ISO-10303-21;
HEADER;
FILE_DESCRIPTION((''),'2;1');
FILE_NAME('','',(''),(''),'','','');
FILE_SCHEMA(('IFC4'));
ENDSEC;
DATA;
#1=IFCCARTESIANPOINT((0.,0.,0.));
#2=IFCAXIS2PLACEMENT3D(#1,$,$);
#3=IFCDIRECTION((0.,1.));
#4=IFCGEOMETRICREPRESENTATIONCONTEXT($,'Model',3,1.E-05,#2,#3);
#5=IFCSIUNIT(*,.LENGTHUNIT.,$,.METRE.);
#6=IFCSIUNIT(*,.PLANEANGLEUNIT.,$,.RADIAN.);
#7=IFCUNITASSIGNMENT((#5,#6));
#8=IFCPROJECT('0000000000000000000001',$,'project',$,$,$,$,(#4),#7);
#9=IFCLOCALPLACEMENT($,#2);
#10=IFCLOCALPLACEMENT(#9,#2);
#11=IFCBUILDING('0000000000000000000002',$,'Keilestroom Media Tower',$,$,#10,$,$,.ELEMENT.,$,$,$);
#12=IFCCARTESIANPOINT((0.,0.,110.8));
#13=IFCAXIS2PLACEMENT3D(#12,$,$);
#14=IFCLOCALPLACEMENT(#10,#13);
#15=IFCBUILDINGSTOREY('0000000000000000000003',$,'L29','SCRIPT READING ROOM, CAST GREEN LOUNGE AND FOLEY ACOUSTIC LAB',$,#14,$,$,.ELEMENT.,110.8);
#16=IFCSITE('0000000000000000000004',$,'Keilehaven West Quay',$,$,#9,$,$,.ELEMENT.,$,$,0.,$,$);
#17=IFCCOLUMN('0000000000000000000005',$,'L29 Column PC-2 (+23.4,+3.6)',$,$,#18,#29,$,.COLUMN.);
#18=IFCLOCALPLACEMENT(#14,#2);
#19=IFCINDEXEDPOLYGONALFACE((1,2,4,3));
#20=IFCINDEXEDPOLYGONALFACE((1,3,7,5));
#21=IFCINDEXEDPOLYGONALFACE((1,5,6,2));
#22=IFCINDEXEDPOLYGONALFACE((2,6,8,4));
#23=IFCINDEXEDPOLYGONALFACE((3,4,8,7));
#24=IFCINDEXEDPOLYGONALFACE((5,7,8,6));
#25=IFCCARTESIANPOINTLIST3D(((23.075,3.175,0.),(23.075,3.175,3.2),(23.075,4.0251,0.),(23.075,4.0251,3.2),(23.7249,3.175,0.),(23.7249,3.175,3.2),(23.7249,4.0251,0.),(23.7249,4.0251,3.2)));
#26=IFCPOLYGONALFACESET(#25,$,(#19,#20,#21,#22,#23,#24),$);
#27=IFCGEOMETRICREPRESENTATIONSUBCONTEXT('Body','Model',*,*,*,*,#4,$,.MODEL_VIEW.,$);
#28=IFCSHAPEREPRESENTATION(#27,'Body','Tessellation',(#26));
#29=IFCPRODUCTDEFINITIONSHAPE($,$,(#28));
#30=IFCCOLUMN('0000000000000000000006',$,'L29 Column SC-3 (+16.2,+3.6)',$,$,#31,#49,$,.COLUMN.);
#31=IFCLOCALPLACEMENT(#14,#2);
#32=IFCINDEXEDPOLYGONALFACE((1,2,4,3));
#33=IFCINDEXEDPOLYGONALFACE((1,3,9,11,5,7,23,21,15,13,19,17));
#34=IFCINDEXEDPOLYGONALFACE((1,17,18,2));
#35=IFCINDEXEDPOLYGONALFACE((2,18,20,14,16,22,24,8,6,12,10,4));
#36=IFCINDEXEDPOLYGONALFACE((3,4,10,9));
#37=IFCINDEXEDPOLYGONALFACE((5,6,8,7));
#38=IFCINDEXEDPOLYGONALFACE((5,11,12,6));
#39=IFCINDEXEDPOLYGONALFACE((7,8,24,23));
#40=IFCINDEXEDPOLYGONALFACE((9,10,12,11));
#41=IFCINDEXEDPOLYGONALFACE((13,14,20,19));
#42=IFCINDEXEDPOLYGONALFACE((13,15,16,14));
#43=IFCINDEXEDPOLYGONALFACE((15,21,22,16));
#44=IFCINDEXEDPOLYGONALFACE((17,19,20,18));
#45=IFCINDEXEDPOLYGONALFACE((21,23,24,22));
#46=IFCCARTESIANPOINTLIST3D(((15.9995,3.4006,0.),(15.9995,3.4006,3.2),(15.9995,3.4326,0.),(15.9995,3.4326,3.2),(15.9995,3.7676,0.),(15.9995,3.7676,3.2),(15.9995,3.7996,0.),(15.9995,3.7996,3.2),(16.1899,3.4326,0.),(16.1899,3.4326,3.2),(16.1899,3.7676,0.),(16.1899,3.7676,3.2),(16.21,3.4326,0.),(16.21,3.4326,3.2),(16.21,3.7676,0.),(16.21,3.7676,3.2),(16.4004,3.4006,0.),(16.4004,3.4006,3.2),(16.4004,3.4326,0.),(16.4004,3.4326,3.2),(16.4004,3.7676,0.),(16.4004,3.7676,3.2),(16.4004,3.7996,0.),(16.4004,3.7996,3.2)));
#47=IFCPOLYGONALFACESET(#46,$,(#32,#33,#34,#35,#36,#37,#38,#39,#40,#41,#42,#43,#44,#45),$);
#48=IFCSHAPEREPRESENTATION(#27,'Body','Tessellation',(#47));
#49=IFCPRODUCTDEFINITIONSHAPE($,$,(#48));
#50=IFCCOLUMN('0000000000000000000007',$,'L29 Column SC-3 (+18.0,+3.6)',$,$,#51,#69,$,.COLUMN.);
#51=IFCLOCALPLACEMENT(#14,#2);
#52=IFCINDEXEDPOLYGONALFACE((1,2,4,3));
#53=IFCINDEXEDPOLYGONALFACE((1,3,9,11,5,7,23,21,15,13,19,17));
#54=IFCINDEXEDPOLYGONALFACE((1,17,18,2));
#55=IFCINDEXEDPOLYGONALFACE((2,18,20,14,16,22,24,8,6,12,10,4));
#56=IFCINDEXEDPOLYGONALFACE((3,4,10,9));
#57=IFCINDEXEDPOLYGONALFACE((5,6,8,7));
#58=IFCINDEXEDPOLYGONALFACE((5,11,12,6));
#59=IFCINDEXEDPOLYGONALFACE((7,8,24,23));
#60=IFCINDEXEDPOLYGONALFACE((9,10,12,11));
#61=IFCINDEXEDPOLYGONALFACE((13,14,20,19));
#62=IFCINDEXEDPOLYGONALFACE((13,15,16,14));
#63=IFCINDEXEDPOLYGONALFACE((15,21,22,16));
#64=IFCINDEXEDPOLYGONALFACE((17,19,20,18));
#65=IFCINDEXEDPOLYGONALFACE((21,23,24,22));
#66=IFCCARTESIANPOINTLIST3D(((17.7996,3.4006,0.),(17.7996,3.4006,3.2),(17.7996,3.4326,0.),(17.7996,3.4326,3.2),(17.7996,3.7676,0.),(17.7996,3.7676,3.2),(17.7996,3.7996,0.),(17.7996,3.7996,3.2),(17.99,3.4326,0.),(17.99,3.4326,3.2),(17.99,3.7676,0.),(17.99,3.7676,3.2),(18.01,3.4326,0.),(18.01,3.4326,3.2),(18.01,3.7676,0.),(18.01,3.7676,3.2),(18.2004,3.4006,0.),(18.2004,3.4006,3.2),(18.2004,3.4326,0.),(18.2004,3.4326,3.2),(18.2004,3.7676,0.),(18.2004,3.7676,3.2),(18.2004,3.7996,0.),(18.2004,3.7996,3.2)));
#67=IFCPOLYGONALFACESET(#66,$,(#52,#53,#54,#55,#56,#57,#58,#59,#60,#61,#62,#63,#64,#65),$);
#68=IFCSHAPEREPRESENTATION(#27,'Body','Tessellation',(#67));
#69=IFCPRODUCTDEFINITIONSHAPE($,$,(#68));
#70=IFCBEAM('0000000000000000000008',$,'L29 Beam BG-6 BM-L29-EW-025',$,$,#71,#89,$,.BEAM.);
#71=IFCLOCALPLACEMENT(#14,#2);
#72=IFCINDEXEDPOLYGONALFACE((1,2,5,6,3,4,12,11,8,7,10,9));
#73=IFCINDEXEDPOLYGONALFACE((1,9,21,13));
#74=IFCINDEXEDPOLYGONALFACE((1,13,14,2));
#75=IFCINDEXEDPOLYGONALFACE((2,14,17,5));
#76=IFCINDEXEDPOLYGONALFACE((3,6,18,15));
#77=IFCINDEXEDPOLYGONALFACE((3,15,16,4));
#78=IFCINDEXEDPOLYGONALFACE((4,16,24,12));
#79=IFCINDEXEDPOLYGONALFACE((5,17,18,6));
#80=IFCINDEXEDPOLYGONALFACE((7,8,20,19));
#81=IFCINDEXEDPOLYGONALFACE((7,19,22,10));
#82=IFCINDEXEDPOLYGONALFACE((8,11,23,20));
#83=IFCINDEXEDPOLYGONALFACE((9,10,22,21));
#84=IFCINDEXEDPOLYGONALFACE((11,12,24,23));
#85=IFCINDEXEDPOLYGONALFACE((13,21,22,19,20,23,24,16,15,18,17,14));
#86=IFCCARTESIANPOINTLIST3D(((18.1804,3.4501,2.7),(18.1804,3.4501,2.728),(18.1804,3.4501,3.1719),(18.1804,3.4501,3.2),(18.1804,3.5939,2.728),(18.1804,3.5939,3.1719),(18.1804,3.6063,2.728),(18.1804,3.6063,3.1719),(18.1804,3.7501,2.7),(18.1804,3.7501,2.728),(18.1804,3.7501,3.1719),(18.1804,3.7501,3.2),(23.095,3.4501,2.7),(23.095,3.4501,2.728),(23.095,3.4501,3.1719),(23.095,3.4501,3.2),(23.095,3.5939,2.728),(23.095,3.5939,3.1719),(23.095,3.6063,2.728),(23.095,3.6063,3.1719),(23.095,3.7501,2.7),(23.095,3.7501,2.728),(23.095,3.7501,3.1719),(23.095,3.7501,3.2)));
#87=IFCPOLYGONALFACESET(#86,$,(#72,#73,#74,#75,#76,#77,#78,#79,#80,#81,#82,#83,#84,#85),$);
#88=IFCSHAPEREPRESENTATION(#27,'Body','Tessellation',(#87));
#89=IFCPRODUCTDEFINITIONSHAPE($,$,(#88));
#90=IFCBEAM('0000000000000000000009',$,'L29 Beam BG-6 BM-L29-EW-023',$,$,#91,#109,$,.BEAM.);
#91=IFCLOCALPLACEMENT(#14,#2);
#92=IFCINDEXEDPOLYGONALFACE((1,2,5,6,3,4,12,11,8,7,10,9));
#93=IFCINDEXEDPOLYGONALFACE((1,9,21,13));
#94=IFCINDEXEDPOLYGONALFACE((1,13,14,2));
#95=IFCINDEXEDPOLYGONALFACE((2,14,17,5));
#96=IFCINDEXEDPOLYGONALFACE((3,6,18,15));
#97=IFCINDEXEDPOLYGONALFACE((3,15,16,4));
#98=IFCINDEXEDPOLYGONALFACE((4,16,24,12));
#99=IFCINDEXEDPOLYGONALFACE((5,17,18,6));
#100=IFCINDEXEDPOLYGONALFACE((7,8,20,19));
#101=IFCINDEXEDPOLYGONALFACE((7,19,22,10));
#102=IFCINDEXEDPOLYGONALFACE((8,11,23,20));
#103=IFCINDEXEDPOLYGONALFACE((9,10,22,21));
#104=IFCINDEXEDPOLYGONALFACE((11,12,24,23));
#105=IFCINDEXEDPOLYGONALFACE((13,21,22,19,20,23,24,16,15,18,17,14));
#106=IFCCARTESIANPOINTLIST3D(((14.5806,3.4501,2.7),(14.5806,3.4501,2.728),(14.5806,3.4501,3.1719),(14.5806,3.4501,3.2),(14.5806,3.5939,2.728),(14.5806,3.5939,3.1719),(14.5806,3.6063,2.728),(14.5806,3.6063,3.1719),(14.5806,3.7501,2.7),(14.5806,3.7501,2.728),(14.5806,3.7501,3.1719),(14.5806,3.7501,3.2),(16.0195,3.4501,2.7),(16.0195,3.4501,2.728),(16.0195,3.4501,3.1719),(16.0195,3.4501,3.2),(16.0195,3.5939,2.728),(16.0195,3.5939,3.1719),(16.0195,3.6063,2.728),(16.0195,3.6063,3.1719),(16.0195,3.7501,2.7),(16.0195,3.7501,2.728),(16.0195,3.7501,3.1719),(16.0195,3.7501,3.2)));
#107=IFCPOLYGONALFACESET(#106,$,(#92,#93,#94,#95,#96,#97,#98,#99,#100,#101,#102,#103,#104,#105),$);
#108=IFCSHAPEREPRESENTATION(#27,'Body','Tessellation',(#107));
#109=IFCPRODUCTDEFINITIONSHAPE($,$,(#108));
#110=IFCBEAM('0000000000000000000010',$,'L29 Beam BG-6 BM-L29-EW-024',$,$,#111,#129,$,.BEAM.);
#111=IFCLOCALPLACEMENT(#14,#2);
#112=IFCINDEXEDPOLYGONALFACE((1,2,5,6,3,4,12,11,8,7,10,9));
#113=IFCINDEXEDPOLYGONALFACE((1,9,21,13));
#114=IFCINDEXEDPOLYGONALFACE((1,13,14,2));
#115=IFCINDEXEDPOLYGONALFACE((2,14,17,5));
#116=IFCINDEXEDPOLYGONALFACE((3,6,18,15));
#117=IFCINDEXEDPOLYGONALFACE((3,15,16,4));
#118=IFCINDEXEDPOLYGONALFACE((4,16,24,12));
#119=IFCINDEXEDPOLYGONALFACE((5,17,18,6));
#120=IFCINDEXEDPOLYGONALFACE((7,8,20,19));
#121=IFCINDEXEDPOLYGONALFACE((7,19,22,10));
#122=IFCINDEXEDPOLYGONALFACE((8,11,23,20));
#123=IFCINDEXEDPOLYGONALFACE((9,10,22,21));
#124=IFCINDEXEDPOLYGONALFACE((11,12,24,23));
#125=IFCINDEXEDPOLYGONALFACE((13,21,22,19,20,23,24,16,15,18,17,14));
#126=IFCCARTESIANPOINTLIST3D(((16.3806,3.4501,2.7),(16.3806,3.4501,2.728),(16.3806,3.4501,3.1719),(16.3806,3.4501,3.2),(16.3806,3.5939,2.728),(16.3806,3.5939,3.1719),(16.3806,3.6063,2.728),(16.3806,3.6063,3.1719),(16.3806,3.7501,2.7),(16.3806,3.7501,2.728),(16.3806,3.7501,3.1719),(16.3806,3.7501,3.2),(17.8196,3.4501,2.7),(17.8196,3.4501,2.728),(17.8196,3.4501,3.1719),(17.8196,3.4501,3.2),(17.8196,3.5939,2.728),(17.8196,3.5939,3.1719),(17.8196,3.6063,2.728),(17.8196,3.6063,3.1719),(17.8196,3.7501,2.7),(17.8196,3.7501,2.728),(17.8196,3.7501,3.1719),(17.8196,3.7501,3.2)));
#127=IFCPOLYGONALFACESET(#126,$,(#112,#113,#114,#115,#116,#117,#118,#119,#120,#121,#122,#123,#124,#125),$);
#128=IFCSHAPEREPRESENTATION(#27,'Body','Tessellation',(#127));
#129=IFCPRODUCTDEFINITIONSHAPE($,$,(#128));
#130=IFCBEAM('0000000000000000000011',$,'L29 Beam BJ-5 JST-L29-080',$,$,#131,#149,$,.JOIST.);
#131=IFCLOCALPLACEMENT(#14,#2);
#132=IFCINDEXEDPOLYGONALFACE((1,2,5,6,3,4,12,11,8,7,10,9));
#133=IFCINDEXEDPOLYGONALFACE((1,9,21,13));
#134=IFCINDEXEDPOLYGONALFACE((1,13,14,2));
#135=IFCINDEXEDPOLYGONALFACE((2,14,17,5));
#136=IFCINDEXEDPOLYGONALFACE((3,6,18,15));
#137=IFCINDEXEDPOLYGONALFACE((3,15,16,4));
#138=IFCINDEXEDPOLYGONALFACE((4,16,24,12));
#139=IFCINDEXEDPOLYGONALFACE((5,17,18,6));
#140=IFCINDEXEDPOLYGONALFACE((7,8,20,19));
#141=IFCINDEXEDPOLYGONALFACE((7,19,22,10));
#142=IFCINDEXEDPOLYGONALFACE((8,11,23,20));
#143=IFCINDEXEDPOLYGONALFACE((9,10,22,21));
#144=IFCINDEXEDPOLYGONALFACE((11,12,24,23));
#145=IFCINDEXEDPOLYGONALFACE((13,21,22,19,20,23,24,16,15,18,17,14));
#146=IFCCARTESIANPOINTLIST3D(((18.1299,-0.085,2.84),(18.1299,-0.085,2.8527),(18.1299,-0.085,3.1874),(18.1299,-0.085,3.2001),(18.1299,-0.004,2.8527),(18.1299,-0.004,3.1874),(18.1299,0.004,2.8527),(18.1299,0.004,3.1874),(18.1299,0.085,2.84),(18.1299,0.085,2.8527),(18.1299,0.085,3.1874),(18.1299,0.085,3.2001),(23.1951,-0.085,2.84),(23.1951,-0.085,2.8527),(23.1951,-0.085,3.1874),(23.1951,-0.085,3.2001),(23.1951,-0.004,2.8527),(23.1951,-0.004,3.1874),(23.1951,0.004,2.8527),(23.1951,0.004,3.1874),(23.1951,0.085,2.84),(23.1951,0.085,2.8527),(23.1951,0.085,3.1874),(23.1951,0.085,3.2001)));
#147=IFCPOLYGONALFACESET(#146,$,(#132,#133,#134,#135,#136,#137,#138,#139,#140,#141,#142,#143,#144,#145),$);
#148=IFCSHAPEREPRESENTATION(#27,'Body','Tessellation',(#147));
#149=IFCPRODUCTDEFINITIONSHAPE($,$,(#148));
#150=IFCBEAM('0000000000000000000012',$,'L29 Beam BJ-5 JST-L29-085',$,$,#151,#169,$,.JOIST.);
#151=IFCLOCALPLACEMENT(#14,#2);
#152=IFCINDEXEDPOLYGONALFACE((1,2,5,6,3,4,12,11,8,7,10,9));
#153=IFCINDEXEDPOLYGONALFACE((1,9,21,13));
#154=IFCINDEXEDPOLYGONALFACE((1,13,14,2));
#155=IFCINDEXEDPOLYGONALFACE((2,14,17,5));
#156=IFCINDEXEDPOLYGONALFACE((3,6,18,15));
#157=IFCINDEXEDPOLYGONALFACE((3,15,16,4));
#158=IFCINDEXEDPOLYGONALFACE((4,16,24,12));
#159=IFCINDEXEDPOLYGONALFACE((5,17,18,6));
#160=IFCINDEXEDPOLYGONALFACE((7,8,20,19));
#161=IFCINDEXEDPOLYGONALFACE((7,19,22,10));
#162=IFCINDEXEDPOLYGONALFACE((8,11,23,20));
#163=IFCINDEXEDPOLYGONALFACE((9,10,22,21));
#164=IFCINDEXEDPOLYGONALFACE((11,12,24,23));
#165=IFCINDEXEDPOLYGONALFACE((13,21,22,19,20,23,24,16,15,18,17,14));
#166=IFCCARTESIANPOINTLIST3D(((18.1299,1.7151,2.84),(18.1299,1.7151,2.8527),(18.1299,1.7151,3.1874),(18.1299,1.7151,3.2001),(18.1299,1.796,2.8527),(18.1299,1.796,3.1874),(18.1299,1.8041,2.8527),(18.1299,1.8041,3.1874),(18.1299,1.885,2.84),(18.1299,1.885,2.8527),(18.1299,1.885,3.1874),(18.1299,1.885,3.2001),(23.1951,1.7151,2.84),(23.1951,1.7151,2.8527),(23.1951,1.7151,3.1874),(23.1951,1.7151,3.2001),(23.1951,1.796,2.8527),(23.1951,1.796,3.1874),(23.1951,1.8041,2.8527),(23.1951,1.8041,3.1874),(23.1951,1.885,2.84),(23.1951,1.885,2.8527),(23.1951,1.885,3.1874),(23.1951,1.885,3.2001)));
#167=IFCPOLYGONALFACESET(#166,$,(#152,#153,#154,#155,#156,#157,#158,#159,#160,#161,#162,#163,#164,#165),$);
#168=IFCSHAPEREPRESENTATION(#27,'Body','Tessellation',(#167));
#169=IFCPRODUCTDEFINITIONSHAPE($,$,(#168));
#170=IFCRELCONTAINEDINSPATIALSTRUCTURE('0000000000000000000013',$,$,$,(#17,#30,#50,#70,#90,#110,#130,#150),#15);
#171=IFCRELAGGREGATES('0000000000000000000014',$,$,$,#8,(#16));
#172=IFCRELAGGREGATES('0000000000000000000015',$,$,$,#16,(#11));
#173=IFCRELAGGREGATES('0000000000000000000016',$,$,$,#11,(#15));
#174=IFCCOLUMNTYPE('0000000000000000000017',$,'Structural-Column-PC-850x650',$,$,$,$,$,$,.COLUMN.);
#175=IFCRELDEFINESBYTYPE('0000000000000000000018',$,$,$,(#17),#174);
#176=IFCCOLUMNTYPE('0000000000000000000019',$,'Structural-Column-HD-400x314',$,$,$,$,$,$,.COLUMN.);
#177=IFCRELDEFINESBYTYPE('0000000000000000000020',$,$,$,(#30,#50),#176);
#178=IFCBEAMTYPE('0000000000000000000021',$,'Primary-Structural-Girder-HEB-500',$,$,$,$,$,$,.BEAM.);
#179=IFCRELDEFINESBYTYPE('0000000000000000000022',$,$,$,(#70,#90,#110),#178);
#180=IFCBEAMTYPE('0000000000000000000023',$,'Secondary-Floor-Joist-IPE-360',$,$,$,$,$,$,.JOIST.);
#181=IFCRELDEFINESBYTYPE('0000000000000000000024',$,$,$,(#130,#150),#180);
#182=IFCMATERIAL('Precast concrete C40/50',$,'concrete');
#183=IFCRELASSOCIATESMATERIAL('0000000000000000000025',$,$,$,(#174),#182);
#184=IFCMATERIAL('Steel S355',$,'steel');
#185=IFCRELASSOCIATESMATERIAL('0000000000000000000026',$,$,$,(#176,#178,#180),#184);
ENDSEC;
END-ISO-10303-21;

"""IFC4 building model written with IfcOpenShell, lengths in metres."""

from ifc_helpers import new_model, si_unit, direction, frame, origin, origin_2d, place, context, subcontext, project, spatial, rectangle, i_section, extrude, source, transform, mapped, material, material_profile, profile_set, type_object, element, save


model = new_model("IFC4")

# Units and contexts
model_context = context("Model", 3, precision=1e-05, world=origin(), true_north=direction((0.0, 1.0)))
body_context = subcontext(model_context, "Body", "Model", "MODEL_VIEW")
ifc_project = project(units=[si_unit("LENGTHUNIT", "METRE"), si_unit("PLANEANGLEUNIT", "RADIAN")], contexts=[model_context])

# Site, building, storey
site_placement = place(None, origin())
site = spatial("IfcSite", under=ifc_project, at=site_placement, Name="Keilehaven West Quay", CompositionType="ELEMENT", RefElevation=0.0)
building_placement = place(site_placement, origin())
building = spatial("IfcBuilding", under=site, at=building_placement, Name="Keilestroom Media Tower", CompositionType="ELEMENT")
storey_placement = place(building_placement, frame((0.0, 0.0, 110.8)))
storey = spatial("IfcBuildingStorey", under=building, at=storey_placement, Name="L29", Description="SCRIPT READING ROOM, CAST GREEN LOUNGE AND FOLEY ACOUSTIC LAB", CompositionType="ELEMENT", Elevation=110.8)

# Columns
ifc_material_1 = material(Name="Precast concrete C40/50", Category="concrete")
ifc_material_profile_1 = material_profile(ifc_material_1, rectangle(XDim=0.6499, YDim=0.8501, at=origin_2d()), Name="PC 850x650")
ifc_profile_set_1 = profile_set([ifc_material_profile_1], Name="Precast concrete C40/50")
column_type_1 = type_object("IfcColumnType", Name="Structural-Column-PC-850x650", PredefinedType="COLUMN", material=ifc_profile_set_1)
shared_shape_1 = source(origin(), body_context, "Body", "SweptSolid", [
    extrude(rectangle(XDim=0.6499, YDim=0.8501, at=origin_2d()), origin(), (0.0, 0.0, 1.0), 3.2),
])
column_placement = place(storey_placement, frame((23.3999, 3.6001, 0.0), z_axis=(0.0, 0.0, 1.0), x_axis=(1.0, 0.0, 0.0)))
element("IfcColumn", 1, at=column_placement, inside=storey, type_object=column_type_1, Name="L29 Column PC-2 (+23.4,+3.6)", PredefinedType="COLUMN", context=body_context, shape_type="MappedRepresentation", body=[
    mapped(shared_shape_1, transform((0.0, 0.0, 0.0), x_axis=(1.0, 0.0, 0.0), y_axis=(0.0, 1.0, 0.0), z_axis=(0.0, 0.0, 1.0), scale=1.0)),
])
ifc_material_2 = material(Name="Steel S355", Category="steel")
ifc_material_profile_2 = material_profile(ifc_material_2, i_section(OverallWidth=0.4009, OverallDepth=0.3989, WebThickness=0.02, FlangeThickness=0.032, at=origin_2d()), Name="HD 400x314")
ifc_profile_set_2 = profile_set([ifc_material_profile_2], Name="Steel S355")
column_type_2 = type_object("IfcColumnType", Name="Structural-Column-HD-400x314", PredefinedType="COLUMN", material=ifc_profile_set_2)
shared_shape_2 = source(origin(), body_context, "Body", "SweptSolid", [
    extrude(i_section(OverallWidth=0.4009, OverallDepth=0.3989, WebThickness=0.02, FlangeThickness=0.032, at=origin_2d()), origin(), (0.0, 0.0, 1.0), 3.2),
])
for number, where, z_axis, x_axis, name in (
    (2, (16.2, 3.6001, 0.0), (0.0, 0.0, 1.0), (1.0, 0.0, 0.0), "L29 Column SC-3 (+16.2,+3.6)"),
    (3, (18.0, 3.6001, 0.0), (0.0, 0.0, 1.0), (1.0, 0.0, 0.0), "L29 Column SC-3 (+18.0,+3.6)"),
):
    element("IfcColumn", number, at=place(storey_placement, frame(where, z_axis=z_axis, x_axis=x_axis)), inside=storey, type_object=column_type_2, Name=name, PredefinedType="COLUMN", context=body_context, shape_type="MappedRepresentation", body=[
        mapped(shared_shape_2, transform((0.0, 0.0, 0.0), x_axis=(1.0, 0.0, 0.0), y_axis=(0.0, 1.0, 0.0), z_axis=(0.0, 0.0, 1.0), scale=1.0)),
    ])

# Beams
ifc_material_profile_3 = material_profile(ifc_material_2, i_section(OverallWidth=0.3, OverallDepth=0.5, WebThickness=0.0125, FlangeThickness=0.0281, at=origin_2d()), Name="HEB 500")
ifc_profile_set_3 = profile_set([ifc_material_profile_3], Name="Steel S355")
beam_type_1 = type_object("IfcBeamType", Name="Primary-Structural-Girder-HEB-500", PredefinedType="BEAM", material=ifc_profile_set_3)
shared_shape_3 = source(origin(), body_context, "Body", "SweptSolid", [
    extrude(i_section(OverallWidth=0.3, OverallDepth=0.5, WebThickness=0.0125, FlangeThickness=0.0281, at=origin_2d()), origin(), (0.0, 0.0, 1.0), 4.9146),
])
beam_1_placement = place(storey_placement, frame((18.1804, 3.6001, 2.95), z_axis=(1.0, 0.0, 0.0), x_axis=(0.0, 1.0, 0.0)))
element("IfcBeam", 4, at=beam_1_placement, inside=storey, type_object=beam_type_1, Name="L29 Beam BG-6 BM-L29-EW-025", PredefinedType="BEAM", context=body_context, shape_type="MappedRepresentation", body=[
    mapped(shared_shape_3, transform((0.0, 0.0, 0.0), x_axis=(1.0, 0.0, 0.0), y_axis=(0.0, 1.0, 0.0), z_axis=(0.0, 0.0, 1.0), scale=1.0)),
])
shared_shape_4 = source(origin(), body_context, "Body", "SweptSolid", [
    extrude(i_section(OverallWidth=0.3, OverallDepth=0.5, WebThickness=0.0125, FlangeThickness=0.0281, at=origin_2d()), origin(), (0.0, 0.0, 1.0), 1.439),
])
for number, where, z_axis, x_axis, name in (
    (5, (14.5806, 3.6001, 2.95), (1.0, 0.0, 0.0), (0.0, 1.0, 0.0), "L29 Beam BG-6 BM-L29-EW-023"),
    (6, (16.3806, 3.6001, 2.95), (1.0, 0.0, 0.0), (0.0, 1.0, 0.0), "L29 Beam BG-6 BM-L29-EW-024"),
):
    element("IfcBeam", number, at=place(storey_placement, frame(where, z_axis=z_axis, x_axis=x_axis)), inside=storey, type_object=beam_type_1, Name=name, PredefinedType="BEAM", context=body_context, shape_type="MappedRepresentation", body=[
        mapped(shared_shape_4, transform((0.0, 0.0, 0.0), x_axis=(1.0, 0.0, 0.0), y_axis=(0.0, 1.0, 0.0), z_axis=(0.0, 0.0, 1.0), scale=1.0)),
    ])
ifc_material_profile_4 = material_profile(ifc_material_2, i_section(OverallWidth=0.1699, OverallDepth=0.3601, WebThickness=0.0081, FlangeThickness=0.0127, at=origin_2d()), Name="IPE 360")
ifc_profile_set_4 = profile_set([ifc_material_profile_4], Name="Steel S355")
beam_type_2 = type_object("IfcBeamType", Name="Secondary-Floor-Joist-IPE-360", PredefinedType="JOIST", material=ifc_profile_set_4)
shared_shape_5 = source(origin(), body_context, "Body", "SweptSolid", [
    extrude(i_section(OverallWidth=0.1699, OverallDepth=0.3601, WebThickness=0.0081, FlangeThickness=0.0127, at=origin_2d()), origin(), (0.0, 0.0, 1.0), 5.0652),
])
for number, where, z_axis, x_axis, name in (
    (7, (18.1299, 0.0, 3.02), (1.0, 0.0, 0.0), (0.0, 1.0, 0.0), "L29 Beam BJ-5 JST-L29-080"),
    (8, (18.1299, 1.8, 3.02), (1.0, 0.0, 0.0), (0.0, 1.0, 0.0), "L29 Beam BJ-5 JST-L29-085"),
):
    element("IfcBeam", number, at=place(storey_placement, frame(where, z_axis=z_axis, x_axis=x_axis)), inside=storey, type_object=beam_type_2, Name=name, PredefinedType="JOIST", context=body_context, shape_type="MappedRepresentation", body=[
        mapped(shared_shape_5, transform((0.0, 0.0, 0.0), x_axis=(1.0, 0.0, 0.0), y_axis=(0.0, 1.0, 0.0), z_axis=(0.0, 0.0, 1.0), scale=1.0)),
    ])

save(model, "model.ifc")
